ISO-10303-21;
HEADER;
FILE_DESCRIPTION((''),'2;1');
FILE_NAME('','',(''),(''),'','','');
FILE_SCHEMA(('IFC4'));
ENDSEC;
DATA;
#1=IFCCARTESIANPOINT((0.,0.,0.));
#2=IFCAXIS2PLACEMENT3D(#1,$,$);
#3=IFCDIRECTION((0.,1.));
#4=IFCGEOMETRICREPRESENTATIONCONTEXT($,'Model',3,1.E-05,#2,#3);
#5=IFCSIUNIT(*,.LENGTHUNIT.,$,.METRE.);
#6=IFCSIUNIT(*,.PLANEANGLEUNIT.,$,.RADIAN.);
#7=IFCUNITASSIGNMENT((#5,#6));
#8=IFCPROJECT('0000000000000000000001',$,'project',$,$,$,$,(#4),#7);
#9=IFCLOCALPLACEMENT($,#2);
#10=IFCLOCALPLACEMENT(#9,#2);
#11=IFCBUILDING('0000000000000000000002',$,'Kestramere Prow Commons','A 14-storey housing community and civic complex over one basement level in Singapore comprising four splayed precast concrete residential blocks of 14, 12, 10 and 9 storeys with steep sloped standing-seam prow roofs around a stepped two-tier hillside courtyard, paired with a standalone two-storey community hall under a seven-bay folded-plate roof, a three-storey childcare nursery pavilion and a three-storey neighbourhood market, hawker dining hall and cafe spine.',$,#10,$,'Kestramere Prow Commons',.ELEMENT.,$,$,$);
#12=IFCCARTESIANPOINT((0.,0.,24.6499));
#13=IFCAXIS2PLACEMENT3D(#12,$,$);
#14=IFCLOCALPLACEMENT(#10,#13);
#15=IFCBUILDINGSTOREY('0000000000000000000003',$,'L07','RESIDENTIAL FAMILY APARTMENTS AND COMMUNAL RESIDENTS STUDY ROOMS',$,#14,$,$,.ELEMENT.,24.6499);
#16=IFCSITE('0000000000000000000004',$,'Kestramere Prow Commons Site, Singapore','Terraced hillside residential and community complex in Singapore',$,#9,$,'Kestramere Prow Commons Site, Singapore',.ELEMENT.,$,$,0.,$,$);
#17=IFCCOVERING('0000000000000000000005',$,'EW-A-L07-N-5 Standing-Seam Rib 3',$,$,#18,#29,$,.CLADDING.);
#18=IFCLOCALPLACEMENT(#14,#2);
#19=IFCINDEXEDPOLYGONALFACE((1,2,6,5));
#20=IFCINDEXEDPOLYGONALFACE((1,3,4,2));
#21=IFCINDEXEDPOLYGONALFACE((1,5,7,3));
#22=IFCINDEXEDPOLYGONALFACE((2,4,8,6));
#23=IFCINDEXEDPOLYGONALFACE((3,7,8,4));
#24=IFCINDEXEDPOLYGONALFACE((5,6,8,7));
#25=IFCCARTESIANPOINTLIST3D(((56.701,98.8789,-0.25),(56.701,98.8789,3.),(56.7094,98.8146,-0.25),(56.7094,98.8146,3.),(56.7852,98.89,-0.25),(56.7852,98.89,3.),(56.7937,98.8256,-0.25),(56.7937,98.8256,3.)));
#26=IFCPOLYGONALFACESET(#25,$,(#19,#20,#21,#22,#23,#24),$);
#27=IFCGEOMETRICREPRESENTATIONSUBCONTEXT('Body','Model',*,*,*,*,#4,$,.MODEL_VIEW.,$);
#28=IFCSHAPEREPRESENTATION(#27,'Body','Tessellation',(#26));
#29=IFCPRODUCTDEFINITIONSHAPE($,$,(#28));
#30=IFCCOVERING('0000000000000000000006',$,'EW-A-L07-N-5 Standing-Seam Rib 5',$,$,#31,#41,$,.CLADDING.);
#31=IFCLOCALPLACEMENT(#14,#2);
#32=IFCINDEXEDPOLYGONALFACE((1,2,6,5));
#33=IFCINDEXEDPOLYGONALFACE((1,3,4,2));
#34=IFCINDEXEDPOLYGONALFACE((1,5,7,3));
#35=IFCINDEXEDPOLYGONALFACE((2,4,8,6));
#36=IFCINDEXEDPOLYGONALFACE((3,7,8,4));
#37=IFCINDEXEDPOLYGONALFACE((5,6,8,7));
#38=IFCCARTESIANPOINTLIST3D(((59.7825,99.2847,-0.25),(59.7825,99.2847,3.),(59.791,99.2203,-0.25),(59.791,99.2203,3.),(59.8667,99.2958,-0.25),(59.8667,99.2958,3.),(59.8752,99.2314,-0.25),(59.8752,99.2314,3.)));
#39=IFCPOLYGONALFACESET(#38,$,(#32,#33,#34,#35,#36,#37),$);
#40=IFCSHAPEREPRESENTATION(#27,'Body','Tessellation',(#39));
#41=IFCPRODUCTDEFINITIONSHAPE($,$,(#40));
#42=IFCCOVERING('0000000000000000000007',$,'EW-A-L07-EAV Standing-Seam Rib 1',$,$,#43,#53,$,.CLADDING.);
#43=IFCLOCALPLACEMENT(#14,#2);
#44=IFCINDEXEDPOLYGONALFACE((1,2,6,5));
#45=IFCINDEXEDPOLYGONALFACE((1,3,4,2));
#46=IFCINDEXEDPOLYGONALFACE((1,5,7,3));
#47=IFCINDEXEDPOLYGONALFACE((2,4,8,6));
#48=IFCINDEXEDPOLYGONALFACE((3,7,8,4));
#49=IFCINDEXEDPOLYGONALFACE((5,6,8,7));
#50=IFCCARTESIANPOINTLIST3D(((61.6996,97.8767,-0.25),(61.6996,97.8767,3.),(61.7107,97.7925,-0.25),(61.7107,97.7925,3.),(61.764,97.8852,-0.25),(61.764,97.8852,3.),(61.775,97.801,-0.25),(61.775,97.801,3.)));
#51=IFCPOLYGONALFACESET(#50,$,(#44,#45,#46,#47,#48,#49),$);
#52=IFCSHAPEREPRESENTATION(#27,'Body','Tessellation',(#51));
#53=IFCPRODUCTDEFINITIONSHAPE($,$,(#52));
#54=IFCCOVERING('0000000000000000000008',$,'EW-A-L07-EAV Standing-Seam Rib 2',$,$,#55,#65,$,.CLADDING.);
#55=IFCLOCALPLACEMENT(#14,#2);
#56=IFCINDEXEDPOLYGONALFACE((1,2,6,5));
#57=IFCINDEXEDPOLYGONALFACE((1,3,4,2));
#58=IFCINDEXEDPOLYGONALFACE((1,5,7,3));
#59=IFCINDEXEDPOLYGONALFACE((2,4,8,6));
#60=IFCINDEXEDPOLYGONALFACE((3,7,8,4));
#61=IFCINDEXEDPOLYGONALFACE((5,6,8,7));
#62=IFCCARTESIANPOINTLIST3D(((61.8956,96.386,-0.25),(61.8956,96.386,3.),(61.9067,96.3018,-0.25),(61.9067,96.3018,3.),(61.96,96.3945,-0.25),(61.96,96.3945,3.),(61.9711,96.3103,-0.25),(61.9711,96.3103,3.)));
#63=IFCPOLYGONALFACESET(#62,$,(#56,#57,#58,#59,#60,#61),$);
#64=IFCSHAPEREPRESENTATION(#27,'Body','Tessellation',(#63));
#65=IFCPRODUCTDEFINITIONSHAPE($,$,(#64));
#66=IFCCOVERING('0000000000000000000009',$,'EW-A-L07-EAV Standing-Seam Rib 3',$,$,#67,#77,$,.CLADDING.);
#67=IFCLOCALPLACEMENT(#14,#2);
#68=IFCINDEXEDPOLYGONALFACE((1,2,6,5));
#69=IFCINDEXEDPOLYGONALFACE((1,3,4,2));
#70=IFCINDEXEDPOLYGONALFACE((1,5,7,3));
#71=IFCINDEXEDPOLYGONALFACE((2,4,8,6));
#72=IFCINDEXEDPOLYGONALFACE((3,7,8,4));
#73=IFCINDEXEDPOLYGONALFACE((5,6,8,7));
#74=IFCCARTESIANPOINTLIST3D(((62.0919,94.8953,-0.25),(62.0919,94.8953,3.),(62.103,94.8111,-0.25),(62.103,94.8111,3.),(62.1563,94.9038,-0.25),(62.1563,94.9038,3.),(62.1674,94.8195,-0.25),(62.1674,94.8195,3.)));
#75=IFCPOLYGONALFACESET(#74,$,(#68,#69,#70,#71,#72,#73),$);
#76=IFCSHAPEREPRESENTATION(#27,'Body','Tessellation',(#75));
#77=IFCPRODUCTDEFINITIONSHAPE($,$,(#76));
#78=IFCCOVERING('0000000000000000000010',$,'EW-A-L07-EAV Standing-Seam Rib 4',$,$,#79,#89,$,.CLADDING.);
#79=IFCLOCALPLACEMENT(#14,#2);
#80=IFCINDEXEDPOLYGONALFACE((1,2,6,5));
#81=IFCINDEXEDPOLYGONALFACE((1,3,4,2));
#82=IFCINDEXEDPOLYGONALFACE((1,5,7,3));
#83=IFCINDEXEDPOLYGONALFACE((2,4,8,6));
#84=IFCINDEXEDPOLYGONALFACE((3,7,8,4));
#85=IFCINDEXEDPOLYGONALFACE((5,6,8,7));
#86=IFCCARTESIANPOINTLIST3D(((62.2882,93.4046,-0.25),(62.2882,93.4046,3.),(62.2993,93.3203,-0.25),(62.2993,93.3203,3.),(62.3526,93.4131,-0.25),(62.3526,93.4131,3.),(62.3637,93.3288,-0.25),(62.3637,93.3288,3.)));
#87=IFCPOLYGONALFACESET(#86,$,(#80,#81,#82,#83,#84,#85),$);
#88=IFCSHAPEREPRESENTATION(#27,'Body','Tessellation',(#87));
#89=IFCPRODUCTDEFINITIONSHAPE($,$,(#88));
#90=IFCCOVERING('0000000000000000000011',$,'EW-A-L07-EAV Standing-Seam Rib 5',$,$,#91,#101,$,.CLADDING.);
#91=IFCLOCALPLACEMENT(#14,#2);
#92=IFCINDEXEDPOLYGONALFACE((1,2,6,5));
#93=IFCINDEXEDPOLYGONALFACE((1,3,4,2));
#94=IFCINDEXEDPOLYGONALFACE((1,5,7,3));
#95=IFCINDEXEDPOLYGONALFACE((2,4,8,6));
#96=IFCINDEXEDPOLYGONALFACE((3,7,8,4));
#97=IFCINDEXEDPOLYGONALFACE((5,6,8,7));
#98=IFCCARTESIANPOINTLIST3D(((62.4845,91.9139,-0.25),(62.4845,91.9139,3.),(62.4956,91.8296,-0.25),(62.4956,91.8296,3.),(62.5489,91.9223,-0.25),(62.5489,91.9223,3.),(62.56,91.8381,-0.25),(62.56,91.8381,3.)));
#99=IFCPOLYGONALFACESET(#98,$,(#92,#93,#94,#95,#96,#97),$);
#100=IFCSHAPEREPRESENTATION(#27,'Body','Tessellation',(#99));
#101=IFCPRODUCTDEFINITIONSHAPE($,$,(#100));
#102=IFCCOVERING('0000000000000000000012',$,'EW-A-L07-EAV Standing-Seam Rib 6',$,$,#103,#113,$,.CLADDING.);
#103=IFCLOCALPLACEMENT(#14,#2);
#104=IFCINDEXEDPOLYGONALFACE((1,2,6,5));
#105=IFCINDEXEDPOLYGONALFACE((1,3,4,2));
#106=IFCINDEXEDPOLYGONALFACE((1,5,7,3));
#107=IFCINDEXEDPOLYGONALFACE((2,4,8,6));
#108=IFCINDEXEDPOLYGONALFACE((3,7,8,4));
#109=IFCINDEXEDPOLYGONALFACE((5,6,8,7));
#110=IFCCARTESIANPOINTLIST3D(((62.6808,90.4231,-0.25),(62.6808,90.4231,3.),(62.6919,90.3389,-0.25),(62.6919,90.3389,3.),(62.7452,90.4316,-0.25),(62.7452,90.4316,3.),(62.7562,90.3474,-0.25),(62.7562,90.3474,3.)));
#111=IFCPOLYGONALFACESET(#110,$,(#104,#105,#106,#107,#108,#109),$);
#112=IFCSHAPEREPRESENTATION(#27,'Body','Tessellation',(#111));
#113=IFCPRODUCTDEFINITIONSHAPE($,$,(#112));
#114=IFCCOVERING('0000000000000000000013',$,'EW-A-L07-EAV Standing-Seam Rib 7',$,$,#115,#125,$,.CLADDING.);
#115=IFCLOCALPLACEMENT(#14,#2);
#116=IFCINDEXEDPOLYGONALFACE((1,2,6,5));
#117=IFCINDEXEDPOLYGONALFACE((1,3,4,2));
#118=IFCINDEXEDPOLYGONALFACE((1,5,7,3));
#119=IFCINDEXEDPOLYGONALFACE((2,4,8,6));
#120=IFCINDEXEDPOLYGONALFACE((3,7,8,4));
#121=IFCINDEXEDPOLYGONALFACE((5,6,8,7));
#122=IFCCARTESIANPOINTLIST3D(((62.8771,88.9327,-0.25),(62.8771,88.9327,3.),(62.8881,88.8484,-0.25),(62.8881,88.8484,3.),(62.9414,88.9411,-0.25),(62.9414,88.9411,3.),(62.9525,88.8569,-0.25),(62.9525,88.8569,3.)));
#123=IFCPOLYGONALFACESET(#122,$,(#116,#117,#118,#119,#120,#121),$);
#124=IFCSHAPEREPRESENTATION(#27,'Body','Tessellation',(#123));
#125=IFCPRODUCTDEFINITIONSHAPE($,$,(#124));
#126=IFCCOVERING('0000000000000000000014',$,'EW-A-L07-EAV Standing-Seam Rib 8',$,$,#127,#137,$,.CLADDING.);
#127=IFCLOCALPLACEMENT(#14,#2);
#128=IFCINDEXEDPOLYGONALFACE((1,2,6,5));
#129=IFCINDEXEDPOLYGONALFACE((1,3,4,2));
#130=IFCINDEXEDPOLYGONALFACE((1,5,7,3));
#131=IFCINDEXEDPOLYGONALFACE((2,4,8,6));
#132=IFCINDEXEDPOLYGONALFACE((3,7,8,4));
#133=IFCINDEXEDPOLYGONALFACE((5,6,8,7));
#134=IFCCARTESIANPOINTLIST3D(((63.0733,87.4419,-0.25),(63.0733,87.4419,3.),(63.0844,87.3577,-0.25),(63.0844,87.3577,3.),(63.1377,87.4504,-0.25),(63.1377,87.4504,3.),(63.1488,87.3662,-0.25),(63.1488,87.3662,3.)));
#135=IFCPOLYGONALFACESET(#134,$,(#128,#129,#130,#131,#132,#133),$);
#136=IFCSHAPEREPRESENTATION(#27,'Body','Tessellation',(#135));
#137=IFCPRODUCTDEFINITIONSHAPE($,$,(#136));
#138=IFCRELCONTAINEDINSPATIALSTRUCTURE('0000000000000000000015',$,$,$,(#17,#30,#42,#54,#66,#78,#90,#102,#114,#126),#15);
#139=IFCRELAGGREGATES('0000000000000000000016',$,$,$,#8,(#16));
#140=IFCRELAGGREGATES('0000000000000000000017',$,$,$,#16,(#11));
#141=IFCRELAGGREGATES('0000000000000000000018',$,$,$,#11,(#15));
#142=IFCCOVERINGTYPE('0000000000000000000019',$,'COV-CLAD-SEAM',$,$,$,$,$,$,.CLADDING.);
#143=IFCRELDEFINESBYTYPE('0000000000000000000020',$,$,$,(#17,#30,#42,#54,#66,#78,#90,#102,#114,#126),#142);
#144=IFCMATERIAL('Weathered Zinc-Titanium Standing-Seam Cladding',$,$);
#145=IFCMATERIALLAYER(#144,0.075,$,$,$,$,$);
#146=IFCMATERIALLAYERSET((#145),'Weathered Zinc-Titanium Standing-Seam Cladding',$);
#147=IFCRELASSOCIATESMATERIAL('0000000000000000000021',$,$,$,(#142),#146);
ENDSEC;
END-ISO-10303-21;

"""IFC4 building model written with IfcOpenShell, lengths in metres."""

from ifc_helpers import new_model, si_unit, direction, frame, origin, origin_2d, place, context, subcontext, project, spatial, rectangle, extrude, material, layer, layer_set, type_object, element, save


model = new_model("IFC4")

# Units and contexts
model_context = context("Model", 3, precision=1e-05, world=origin(), true_north=direction((0.0, 1.0)))
body_context = subcontext(model_context, "Body", "Model", "MODEL_VIEW")
ifc_project = project(units=[si_unit("LENGTHUNIT", "METRE"), si_unit("PLANEANGLEUNIT", "RADIAN")], contexts=[model_context])

# Site, building, storey
site_placement = place(None, origin())
site = spatial("IfcSite", under=ifc_project, at=site_placement, Name="Kestramere Prow Commons Site, Singapore", Description="Terraced hillside residential and community complex in Singapore", LongName="Kestramere Prow Commons Site, Singapore", CompositionType="ELEMENT", RefElevation=0.0)
building_placement = place(site_placement, origin())
building = spatial("IfcBuilding", under=site, at=building_placement, Name="Kestramere Prow Commons", Description="A 14-storey housing community and civic complex over one basement level in Singapore comprising four splayed precast concrete residential blocks of 14, 12, 10 and 9 storeys with steep sloped standing-seam prow roofs around a stepped two-tier hillside courtyard, paired with a standalone two-storey community hall under a seven-bay folded-plate roof, a three-storey childcare nursery pavilion and a three-storey neighbourhood market, hawker dining hall and cafe spine.", LongName="Kestramere Prow Commons", CompositionType="ELEMENT")
storey_placement = place(building_placement, frame((0.0, 0.0, 24.6499)))
storey = spatial("IfcBuildingStorey", under=building, at=storey_placement, Name="L07", Description="RESIDENTIAL FAMILY APARTMENTS AND COMMUNAL RESIDENTS STUDY ROOMS", CompositionType="ELEMENT", Elevation=24.6499)

# Coverings
ifc_material_1 = material(Name="Weathered Zinc-Titanium Standing-Seam Cladding")
ifc_layer_1 = layer(ifc_material_1, 0.075)
ifc_layer_set_1 = layer_set([ifc_layer_1], Name="Weathered Zinc-Titanium Standing-Seam Cladding")
covering_type = type_object("IfcCoveringType", Name="COV-CLAD-SEAM", PredefinedType="CLADDING", material=ifc_layer_set_1)
for number, where, z_axis, x_axis, name in (
    (1, (56.7473, 98.8523, -0.25), (0.0, 0.0, 1.0), (0.991445, 0.130526, 0.0), "EW-A-L07-N-5 Standing-Seam Rib 3"),
    (2, (59.8289, 99.2581, -0.25), (0.0, 0.0, 1.0), (0.991445, 0.130526, 0.0), "EW-A-L07-N-5 Standing-Seam Rib 5"),
    (3, (61.7373, 97.8389, -0.25), (0.0, 0.0, 1.0), (0.130526, -0.991445, 0.0), "EW-A-L07-EAV Standing-Seam Rib 1"),
    (4, (61.9333, 96.3481, -0.25), (0.0, 0.0, 1.0), (0.130526, -0.991445, 0.0), "EW-A-L07-EAV Standing-Seam Rib 2"),
    (5, (62.1296, 94.8574, -0.25), (0.0, 0.0, 1.0), (0.130526, -0.991445, 0.0), "EW-A-L07-EAV Standing-Seam Rib 3"),
    (6, (62.3259, 93.3667, -0.25), (0.0, 0.0, 1.0), (0.130526, -0.991445, 0.0), "EW-A-L07-EAV Standing-Seam Rib 4"),
    (7, (62.5222, 91.876, -0.25), (0.0, 0.0, 1.0), (0.130526, -0.991445, 0.0), "EW-A-L07-EAV Standing-Seam Rib 5"),
    (8, (62.7185, 90.3853, -0.25), (0.0, 0.0, 1.0), (0.130526, -0.991445, 0.0), "EW-A-L07-EAV Standing-Seam Rib 6"),
    (9, (62.9148, 88.8948, -0.25), (0.0, 0.0, 1.0), (0.130526, -0.991445, 0.0), "EW-A-L07-EAV Standing-Seam Rib 7"),
    (10, (63.1111, 87.4041, -0.25), (0.0, 0.0, 1.0), (0.130526, -0.991445, 0.0), "EW-A-L07-EAV Standing-Seam Rib 8"),
):
    element("IfcCovering", number, at=place(storey_placement, frame(where, z_axis=z_axis, x_axis=x_axis)), inside=storey, type_object=covering_type, Name=name, PredefinedType="CLADDING", context=body_context, shape_type="SweptSolid", body=[
        extrude(rectangle(XDim=0.085, YDim=0.0649, at=origin_2d()), origin(), (0.0, 0.0, 1.0), 3.25),
    ])

save(model, "model.ifc")
